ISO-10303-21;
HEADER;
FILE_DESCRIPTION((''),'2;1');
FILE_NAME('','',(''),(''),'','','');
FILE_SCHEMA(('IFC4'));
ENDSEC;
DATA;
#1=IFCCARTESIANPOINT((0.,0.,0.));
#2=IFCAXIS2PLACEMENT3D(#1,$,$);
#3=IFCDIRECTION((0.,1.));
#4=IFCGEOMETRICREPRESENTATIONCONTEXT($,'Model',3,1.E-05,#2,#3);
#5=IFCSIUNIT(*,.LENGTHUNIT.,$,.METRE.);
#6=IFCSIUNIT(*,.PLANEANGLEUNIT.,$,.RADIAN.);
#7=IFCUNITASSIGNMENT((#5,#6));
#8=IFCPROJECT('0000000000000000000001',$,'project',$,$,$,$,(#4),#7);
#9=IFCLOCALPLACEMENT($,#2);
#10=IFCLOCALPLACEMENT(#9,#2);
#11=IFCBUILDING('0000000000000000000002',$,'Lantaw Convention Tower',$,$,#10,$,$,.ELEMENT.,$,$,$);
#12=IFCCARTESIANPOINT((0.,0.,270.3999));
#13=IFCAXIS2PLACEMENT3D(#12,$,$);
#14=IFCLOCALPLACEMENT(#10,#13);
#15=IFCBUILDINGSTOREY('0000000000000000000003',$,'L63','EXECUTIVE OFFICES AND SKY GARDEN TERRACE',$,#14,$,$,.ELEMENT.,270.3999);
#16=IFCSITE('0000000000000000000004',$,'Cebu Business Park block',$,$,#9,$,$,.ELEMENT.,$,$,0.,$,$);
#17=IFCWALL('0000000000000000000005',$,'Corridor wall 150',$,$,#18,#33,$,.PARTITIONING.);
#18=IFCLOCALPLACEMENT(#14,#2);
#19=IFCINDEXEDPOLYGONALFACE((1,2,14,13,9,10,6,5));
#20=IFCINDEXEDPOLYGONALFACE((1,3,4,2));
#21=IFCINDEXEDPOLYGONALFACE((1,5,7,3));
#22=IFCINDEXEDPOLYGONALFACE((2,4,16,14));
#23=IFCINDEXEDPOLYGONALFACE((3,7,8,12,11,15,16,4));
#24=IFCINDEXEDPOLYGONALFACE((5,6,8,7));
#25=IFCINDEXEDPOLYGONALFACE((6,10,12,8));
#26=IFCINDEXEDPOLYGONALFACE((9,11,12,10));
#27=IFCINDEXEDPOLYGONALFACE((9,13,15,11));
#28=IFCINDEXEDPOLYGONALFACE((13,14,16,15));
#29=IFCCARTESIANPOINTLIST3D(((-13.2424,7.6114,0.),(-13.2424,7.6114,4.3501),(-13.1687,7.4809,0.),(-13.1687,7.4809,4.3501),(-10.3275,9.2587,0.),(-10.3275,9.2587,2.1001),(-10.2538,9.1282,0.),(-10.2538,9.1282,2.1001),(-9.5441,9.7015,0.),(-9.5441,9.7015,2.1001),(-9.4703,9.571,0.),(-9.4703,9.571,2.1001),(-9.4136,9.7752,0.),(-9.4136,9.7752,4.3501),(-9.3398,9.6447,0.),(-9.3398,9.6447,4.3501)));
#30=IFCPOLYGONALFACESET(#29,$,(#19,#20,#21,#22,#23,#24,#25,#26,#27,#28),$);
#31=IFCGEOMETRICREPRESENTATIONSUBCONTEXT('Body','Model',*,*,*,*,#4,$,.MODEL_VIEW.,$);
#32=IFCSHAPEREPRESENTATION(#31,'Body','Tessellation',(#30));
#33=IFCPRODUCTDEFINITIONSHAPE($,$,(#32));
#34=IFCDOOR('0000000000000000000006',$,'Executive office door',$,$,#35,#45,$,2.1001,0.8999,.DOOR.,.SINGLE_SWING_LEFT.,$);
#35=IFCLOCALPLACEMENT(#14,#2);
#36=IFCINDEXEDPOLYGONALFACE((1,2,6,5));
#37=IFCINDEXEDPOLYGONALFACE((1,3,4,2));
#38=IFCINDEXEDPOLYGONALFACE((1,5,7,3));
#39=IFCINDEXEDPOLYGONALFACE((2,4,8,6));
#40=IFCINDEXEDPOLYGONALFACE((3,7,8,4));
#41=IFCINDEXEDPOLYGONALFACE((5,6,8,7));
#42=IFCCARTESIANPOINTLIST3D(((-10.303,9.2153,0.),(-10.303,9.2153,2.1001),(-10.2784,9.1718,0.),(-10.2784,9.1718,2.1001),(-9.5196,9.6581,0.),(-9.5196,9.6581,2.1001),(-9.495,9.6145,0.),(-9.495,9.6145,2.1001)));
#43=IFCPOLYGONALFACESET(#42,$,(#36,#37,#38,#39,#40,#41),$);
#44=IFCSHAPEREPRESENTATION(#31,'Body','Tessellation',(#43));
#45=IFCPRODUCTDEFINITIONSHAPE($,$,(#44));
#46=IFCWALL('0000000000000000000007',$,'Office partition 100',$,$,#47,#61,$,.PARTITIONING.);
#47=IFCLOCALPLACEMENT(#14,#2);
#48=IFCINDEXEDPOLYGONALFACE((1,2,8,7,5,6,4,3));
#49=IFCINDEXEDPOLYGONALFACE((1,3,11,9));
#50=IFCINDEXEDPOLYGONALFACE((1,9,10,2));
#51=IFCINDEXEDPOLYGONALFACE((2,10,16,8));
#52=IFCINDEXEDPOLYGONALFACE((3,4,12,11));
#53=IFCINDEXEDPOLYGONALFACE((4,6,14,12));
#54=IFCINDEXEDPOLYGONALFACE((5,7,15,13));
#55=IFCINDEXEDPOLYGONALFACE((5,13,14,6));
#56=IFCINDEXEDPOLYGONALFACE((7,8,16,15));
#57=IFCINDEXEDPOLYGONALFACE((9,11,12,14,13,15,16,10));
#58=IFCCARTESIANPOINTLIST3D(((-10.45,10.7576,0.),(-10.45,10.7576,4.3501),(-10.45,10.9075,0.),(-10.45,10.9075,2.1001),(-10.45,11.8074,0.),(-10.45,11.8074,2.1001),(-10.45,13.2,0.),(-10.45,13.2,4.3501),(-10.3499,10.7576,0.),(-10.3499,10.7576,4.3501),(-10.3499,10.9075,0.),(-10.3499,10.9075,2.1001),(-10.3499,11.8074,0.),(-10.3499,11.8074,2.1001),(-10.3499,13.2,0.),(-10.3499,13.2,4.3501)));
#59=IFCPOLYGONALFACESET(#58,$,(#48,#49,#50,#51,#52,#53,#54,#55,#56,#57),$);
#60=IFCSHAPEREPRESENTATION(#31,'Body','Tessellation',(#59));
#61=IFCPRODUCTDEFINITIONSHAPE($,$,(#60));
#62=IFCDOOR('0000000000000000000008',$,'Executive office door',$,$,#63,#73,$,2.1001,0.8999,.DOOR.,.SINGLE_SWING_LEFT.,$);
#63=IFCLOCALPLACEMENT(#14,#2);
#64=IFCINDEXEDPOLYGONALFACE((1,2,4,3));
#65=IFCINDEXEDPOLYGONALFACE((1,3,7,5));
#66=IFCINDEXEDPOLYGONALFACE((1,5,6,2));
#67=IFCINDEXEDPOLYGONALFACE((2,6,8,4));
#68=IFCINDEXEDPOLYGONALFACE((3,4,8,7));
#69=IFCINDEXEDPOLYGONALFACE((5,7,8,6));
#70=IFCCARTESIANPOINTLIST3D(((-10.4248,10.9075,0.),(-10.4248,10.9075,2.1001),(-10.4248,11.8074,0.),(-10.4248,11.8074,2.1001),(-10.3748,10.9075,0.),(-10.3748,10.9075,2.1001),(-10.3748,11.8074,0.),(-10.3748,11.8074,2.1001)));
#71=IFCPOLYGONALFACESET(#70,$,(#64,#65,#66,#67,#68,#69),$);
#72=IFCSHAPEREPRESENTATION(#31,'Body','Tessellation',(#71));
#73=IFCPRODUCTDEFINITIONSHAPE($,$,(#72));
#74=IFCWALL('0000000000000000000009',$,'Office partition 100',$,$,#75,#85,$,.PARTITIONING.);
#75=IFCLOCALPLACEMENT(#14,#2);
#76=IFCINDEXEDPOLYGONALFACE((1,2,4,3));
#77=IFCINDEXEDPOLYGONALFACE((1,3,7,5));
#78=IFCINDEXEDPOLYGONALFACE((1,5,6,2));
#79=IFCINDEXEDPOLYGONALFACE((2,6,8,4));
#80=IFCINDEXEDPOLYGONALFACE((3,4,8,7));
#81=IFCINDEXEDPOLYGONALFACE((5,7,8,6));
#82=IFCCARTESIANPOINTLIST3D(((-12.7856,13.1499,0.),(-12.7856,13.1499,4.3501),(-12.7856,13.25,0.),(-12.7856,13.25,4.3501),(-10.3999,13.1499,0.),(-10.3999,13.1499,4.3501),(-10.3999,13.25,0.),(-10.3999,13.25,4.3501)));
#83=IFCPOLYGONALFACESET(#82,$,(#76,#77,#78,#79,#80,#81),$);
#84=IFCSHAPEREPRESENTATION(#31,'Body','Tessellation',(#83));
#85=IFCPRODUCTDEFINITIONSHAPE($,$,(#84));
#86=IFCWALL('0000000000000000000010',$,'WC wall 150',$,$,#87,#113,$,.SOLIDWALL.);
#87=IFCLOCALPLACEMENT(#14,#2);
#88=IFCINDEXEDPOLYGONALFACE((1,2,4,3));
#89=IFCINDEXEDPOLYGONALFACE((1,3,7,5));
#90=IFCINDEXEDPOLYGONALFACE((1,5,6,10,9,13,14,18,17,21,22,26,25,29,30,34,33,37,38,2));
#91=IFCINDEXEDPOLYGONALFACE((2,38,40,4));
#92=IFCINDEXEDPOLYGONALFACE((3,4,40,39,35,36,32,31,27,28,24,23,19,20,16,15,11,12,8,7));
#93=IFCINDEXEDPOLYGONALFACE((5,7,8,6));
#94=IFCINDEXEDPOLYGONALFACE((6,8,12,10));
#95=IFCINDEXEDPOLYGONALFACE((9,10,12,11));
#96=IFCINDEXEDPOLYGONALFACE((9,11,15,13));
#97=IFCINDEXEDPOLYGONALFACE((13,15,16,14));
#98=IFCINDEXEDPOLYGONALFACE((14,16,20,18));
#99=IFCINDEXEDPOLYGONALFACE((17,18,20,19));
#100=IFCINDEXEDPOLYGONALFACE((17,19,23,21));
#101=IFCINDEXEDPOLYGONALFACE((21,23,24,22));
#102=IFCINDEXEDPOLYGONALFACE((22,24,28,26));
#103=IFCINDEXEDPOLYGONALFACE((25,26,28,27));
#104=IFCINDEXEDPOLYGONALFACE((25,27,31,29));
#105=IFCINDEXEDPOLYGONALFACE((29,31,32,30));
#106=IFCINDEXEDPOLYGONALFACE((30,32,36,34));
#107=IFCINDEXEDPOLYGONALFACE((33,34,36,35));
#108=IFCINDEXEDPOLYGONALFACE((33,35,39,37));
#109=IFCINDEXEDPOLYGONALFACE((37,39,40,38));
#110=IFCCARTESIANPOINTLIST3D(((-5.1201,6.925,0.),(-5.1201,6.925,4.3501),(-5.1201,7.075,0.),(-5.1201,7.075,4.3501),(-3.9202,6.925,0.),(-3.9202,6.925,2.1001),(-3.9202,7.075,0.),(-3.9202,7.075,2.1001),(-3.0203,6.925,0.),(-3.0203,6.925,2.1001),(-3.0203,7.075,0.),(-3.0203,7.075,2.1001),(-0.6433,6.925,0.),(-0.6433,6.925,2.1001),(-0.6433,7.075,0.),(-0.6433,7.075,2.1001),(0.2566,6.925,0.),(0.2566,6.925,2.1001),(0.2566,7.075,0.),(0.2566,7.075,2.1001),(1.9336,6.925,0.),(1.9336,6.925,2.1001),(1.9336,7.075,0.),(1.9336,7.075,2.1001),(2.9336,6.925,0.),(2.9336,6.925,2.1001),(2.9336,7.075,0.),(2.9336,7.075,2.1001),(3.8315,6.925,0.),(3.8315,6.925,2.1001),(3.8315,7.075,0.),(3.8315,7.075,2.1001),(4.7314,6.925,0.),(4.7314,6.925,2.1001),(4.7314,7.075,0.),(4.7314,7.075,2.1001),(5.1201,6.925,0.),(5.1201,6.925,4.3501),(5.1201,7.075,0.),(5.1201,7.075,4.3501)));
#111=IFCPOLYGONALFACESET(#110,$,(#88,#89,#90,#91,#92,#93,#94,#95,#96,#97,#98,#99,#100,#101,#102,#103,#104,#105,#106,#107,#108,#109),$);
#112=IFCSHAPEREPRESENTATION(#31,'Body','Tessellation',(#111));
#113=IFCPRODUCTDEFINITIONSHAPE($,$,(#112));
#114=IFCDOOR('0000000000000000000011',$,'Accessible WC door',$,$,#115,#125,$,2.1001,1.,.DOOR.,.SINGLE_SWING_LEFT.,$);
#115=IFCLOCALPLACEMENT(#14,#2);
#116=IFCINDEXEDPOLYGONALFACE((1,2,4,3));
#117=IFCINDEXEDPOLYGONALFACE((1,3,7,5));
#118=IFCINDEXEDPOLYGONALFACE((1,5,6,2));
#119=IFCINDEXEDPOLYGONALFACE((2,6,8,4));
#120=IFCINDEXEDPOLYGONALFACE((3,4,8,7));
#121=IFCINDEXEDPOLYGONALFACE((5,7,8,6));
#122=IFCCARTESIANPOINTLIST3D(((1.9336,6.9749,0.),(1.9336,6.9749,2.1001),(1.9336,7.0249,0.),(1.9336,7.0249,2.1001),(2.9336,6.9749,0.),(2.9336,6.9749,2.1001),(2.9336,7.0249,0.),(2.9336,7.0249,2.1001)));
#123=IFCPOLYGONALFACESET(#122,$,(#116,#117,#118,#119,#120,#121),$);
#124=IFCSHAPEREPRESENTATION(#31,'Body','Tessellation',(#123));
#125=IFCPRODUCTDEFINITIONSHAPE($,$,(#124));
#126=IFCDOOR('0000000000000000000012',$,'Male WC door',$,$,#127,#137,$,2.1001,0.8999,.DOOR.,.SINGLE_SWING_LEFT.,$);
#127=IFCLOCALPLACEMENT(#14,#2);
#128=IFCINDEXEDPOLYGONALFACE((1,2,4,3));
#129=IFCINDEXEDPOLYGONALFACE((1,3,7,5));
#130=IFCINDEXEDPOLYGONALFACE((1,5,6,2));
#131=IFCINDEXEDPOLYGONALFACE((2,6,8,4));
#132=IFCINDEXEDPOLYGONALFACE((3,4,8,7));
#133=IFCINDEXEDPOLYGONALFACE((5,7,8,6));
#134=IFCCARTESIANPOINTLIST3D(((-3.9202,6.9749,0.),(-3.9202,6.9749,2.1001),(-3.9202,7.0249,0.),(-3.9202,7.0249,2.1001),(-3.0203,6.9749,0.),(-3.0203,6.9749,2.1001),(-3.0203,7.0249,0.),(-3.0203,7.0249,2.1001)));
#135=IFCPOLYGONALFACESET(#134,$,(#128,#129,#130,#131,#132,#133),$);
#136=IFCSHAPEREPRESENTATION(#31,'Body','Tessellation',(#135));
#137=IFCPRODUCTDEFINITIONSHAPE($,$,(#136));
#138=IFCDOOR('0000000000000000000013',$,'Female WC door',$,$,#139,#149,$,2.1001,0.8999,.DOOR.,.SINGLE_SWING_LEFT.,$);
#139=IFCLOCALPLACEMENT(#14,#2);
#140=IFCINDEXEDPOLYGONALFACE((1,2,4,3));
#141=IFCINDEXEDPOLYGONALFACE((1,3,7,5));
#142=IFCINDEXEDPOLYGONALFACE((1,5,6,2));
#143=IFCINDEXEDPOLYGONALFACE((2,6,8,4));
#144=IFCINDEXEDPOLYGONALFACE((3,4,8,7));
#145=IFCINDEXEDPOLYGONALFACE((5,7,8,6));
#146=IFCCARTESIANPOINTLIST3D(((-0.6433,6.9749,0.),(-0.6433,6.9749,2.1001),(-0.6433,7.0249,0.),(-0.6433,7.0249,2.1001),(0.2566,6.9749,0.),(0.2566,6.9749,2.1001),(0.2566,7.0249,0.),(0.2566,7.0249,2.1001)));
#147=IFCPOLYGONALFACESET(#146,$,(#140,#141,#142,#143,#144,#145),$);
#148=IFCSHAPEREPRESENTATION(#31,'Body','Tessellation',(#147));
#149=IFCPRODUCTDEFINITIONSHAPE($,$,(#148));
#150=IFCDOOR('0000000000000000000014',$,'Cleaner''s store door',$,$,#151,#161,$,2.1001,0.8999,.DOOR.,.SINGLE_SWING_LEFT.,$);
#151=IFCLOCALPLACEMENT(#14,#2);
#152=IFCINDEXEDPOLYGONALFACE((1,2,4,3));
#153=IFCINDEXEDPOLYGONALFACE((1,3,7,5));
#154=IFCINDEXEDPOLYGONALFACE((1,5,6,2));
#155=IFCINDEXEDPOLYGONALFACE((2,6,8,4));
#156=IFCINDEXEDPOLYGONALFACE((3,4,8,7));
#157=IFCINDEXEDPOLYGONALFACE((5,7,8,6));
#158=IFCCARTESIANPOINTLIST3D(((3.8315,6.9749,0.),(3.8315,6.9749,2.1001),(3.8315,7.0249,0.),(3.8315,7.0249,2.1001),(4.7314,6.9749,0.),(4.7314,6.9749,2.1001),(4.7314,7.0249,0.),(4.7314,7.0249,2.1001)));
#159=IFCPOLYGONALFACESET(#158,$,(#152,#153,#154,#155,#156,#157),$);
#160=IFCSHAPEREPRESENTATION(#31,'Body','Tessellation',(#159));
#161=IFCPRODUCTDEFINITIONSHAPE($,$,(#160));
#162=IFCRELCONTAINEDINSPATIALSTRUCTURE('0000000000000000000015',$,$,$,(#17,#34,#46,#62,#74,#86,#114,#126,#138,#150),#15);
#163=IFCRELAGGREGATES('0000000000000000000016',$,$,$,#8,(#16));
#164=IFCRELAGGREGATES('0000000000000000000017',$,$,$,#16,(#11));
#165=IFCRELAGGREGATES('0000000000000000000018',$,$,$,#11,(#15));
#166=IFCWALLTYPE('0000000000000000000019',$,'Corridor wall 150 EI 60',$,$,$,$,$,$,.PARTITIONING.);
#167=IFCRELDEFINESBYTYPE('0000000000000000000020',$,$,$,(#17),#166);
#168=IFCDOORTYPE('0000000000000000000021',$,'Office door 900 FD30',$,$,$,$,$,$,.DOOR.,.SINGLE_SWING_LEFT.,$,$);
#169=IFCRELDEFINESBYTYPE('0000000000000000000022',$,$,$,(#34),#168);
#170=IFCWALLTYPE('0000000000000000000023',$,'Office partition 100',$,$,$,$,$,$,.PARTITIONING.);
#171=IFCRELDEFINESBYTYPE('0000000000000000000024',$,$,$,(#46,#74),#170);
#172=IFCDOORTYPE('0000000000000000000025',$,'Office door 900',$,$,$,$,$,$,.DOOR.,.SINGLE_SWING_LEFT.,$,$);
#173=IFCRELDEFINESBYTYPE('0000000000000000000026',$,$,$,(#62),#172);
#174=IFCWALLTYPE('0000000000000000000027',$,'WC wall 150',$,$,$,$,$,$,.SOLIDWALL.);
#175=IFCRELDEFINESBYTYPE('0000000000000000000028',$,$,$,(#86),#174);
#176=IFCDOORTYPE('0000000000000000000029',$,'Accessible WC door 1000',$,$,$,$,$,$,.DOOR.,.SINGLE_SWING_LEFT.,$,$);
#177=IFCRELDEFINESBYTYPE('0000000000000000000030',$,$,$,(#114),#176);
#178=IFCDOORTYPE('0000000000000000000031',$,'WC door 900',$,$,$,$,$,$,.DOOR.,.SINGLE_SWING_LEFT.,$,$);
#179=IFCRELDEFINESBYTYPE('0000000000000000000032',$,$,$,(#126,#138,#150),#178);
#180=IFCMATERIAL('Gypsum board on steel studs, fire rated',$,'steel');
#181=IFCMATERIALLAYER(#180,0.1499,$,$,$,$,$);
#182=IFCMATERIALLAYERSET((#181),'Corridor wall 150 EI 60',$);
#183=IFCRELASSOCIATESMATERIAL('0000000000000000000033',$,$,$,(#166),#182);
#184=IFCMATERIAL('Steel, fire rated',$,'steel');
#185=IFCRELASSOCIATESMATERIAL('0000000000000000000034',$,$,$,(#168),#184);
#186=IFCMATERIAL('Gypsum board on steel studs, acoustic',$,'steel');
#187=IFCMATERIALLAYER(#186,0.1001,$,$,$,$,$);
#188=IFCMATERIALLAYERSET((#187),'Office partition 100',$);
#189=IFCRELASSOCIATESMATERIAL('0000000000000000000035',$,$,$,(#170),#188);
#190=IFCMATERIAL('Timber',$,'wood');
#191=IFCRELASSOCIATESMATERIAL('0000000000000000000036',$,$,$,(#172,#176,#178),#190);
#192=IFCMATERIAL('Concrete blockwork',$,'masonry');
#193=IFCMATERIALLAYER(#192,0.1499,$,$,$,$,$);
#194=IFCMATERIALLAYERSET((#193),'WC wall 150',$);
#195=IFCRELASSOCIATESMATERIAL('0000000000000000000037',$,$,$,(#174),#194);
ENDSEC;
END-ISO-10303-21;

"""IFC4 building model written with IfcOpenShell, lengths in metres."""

from ifc_helpers import new_model, si_unit, direction, frame, frame_2d, origin, place, context, subcontext, project, spatial, rectangle, extrude, material, layer, layer_set, type_object, element, fill, save


model = new_model("IFC4")

# Units and contexts
model_context = context("Model", 3, precision=1e-05, world=origin(), true_north=direction((0.0, 1.0)))
body_context = subcontext(model_context, "Body", "Model", "MODEL_VIEW")
ifc_project = project(units=[si_unit("LENGTHUNIT", "METRE"), si_unit("PLANEANGLEUNIT", "RADIAN")], contexts=[model_context])

# Site, building, storey
site_placement = place(None, origin())
site = spatial("IfcSite", under=ifc_project, at=site_placement, Name="Cebu Business Park block", CompositionType="ELEMENT", RefElevation=0.0)
building_placement = place(site_placement, origin())
building = spatial("IfcBuilding", under=site, at=building_placement, Name="Lantaw Convention Tower", CompositionType="ELEMENT")
storey_placement = place(building_placement, frame((0.0, 0.0, 270.3999)))
storey = spatial("IfcBuildingStorey", under=building, at=storey_placement, Name="L63", Description="EXECUTIVE OFFICES AND SKY GARDEN TERRACE", CompositionType="ELEMENT", Elevation=270.3999)

# Walls, openings, doors
ifc_material_1 = material(Name="Steel, fire rated", Category="steel")
ifc_material_2 = material(Name="Gypsum board on steel studs, fire rated", Category="steel")
ifc_layer_1 = layer(ifc_material_2, 0.1499)
ifc_layer_set_1 = layer_set([ifc_layer_1], Name="Corridor wall 150 EI 60")
wall_type_1 = type_object("IfcWallType", Name="Corridor wall 150 EI 60", PredefinedType="PARTITIONING", material=ifc_layer_set_1)
door_type_1 = type_object("IfcDoorType", Name="Office door 900 FD30", OperationType="SINGLE_SWING_LEFT", PredefinedType="DOOR", material=ifc_material_1)
wall_1_placement = place(storey_placement, frame((-9.3767, 9.71, 0.0), z_axis=(0.0, 0.0, 1.0), x_axis=(-0.870594, -0.492002, 0.0)))
wall_1 = element("IfcWall", 1, at=wall_1_placement, inside=storey, type_object=wall_type_1, Name="Corridor wall 150", PredefinedType="PARTITIONING", context=body_context, shape_type="SweptSolid", body=[
    extrude(rectangle(XDim=4.3979, YDim=0.1499, at=frame_2d((2.199, 0.0))), origin(), (0.0, 0.0, 1.0), 4.3501),
])
opening_1_placement = place(wall_1_placement, frame((0.1499, 0.0, 0.0)))
opening_1 = element("IfcOpeningElement", 2, at=opening_1_placement, cuts=wall_1, PredefinedType="OPENING", context=body_context, shape_type="SweptSolid", body=[
    extrude(rectangle(XDim=0.8999, YDim=2.1001, at=frame_2d((0.45, 1.05))), frame((0.0, 0.085, 0.0), z_axis=(0.0, -1.0, 0.0), x_axis=(1.0, 0.0, 0.0)), (0.0, 0.0, 1.0), 0.1699),
])
door_1_placement = place(opening_1_placement, origin())
door_1 = element("IfcDoor", 3, at=door_1_placement, inside=storey, type_object=door_type_1, Name="Executive office door", OperationType="SINGLE_SWING_LEFT", OverallHeight=2.1001, OverallWidth=0.8999, PredefinedType="DOOR", context=body_context, shape_type="SweptSolid", body=[
    extrude(rectangle(XDim=0.8999, YDim=2.1001, at=frame_2d((0.45, 1.05))), frame((0.0, 0.0249, 0.0), z_axis=(0.0, -1.0, 0.0), x_axis=(1.0, 0.0, 0.0)), (0.0, 0.0, 1.0), 0.05),
])
fill(opening_1, door_1)
ifc_material_3 = material(Name="Gypsum board on steel studs, acoustic", Category="steel")
ifc_layer_2 = layer(ifc_material_3, 0.1001)
ifc_layer_set_2 = layer_set([ifc_layer_2], Name="Office partition 100")
wall_type_2 = type_object("IfcWallType", Name="Office partition 100", PredefinedType="PARTITIONING", material=ifc_layer_set_2)
wall_2_placement = place(storey_placement, frame((-10.3999, 10.7576, 0.0), z_axis=(0.0, 0.0, 1.0), x_axis=(0.0, 1.0, 0.0)))
wall_2 = element("IfcWall", 4, at=wall_2_placement, inside=storey, type_object=wall_type_2, Name="Office partition 100", PredefinedType="PARTITIONING", context=body_context, shape_type="SweptSolid", body=[
    extrude(rectangle(XDim=2.4424, YDim=0.1001, at=frame_2d((1.2212, 0.0))), origin(), (0.0, 0.0, 1.0), 4.3501),
])
opening_2_placement = place(wall_2_placement, frame((0.1499, 0.0, 0.0)))
opening_2 = element("IfcOpeningElement", 5, at=opening_2_placement, cuts=wall_2, PredefinedType="OPENING", context=body_context, shape_type="SweptSolid", body=[
    extrude(rectangle(XDim=0.8999, YDim=2.1001, at=frame_2d((0.45, 1.05))), frame((0.0, 0.0601, 0.0), z_axis=(0.0, -1.0, 0.0), x_axis=(1.0, 0.0, 0.0)), (0.0, 0.0, 1.0), 0.1201),
])
ifc_material_4 = material(Name="Timber", Category="wood")
door_type_2 = type_object("IfcDoorType", Name="Office door 900", OperationType="SINGLE_SWING_LEFT", PredefinedType="DOOR", material=ifc_material_4)
door_2_placement = place(opening_2_placement, origin())
door_2 = element("IfcDoor", 6, at=door_2_placement, inside=storey, type_object=door_type_2, Name="Executive office door", OperationType="SINGLE_SWING_LEFT", OverallHeight=2.1001, OverallWidth=0.8999, PredefinedType="DOOR", context=body_context, shape_type="SweptSolid", body=[
    extrude(rectangle(XDim=0.8999, YDim=2.1001, at=frame_2d((0.45, 1.05))), frame((0.0, 0.0249, 0.0), z_axis=(0.0, -1.0, 0.0), x_axis=(1.0, 0.0, 0.0)), (0.0, 0.0, 1.0), 0.05),
])
fill(opening_2, door_2)

# Wall
wall_3_placement = place(storey_placement, frame((-10.3999, 13.2, 0.0), z_axis=(0.0, 0.0, 1.0), x_axis=(-1.0, 0.0, 0.0)))
element("IfcWall", 7, at=wall_3_placement, inside=storey, type_object=wall_type_2, Name="Office partition 100", PredefinedType="PARTITIONING", context=body_context, shape_type="SweptSolid", body=[
    extrude(rectangle(XDim=2.3857, YDim=0.1001, at=frame_2d((1.1929, 0.0))), origin(), (0.0, 0.0, 1.0), 4.3501),
])

# Wall, openings, doors
ifc_material_5 = material(Name="Concrete blockwork", Category="masonry")
ifc_layer_3 = layer(ifc_material_5, 0.1499)
ifc_layer_set_3 = layer_set([ifc_layer_3], Name="WC wall 150")
wall_type_3 = type_object("IfcWallType", Name="WC wall 150", PredefinedType="SOLIDWALL", material=ifc_layer_set_3)
wall_4_placement = place(storey_placement, frame((-5.1201, 7.0, 0.0), z_axis=(0.0, 0.0, 1.0), x_axis=(1.0, 0.0, 0.0)))
wall_4 = element("IfcWall", 8, at=wall_4_placement, inside=storey, type_object=wall_type_3, Name="WC wall 150", PredefinedType="SOLIDWALL", context=body_context, shape_type="SweptSolid", body=[
    extrude(rectangle(XDim=10.2402, YDim=0.1499, at=frame_2d((5.1201, 0.0))), origin(), (0.0, 0.0, 1.0), 4.3501),
])
opening_3_placement = place(wall_4_placement, frame((1.2, 0.0, 0.0)))
opening_3 = element("IfcOpeningElement", 9, at=opening_3_placement, cuts=wall_4, PredefinedType="OPENING", context=body_context, shape_type="SweptSolid", body=[
    extrude(rectangle(XDim=0.8999, YDim=2.1001, at=frame_2d((0.45, 1.05))), frame((0.0, 0.085, 0.0), z_axis=(0.0, -1.0, 0.0), x_axis=(1.0, 0.0, 0.0)), (0.0, 0.0, 1.0), 0.1699),
])
opening_4_placement = place(wall_4_placement, frame((4.4768, 0.0, 0.0)))
opening_4 = element("IfcOpeningElement", 10, at=opening_4_placement, cuts=wall_4, PredefinedType="OPENING", context=body_context, shape_type="SweptSolid", body=[
    extrude(rectangle(XDim=0.8999, YDim=2.1001, at=frame_2d((0.45, 1.05))), frame((0.0, 0.085, 0.0), z_axis=(0.0, -1.0, 0.0), x_axis=(1.0, 0.0, 0.0)), (0.0, 0.0, 1.0), 0.1699),
])
opening_5_placement = place(wall_4_placement, frame((7.0537, 0.0, 0.0)))
opening_5 = element("IfcOpeningElement", 11, at=opening_5_placement, cuts=wall_4, PredefinedType="OPENING", context=body_context, shape_type="SweptSolid", body=[
    extrude(rectangle(XDim=1.0, YDim=2.1001, at=frame_2d((0.5, 1.05))), frame((0.0, 0.085, 0.0), z_axis=(0.0, -1.0, 0.0), x_axis=(1.0, 0.0, 0.0)), (0.0, 0.0, 1.0), 0.1699),
])
opening_6_placement = place(wall_4_placement, frame((8.9517, 0.0, 0.0)))
opening_6 = element("IfcOpeningElement", 12, at=opening_6_placement, cuts=wall_4, PredefinedType="OPENING", context=body_context, shape_type="SweptSolid", body=[
    extrude(rectangle(XDim=0.8999, YDim=2.1001, at=frame_2d((0.45, 1.05))), frame((0.0, 0.085, 0.0), z_axis=(0.0, -1.0, 0.0), x_axis=(1.0, 0.0, 0.0)), (0.0, 0.0, 1.0), 0.1699),
])
door_type_3 = type_object("IfcDoorType", Name="Accessible WC door 1000", OperationType="SINGLE_SWING_LEFT", PredefinedType="DOOR", material=ifc_material_4)
door_3_placement = place(opening_5_placement, origin())
door_3 = element("IfcDoor", 13, at=door_3_placement, inside=storey, type_object=door_type_3, Name="Accessible WC door", OperationType="SINGLE_SWING_LEFT", OverallHeight=2.1001, OverallWidth=1.0, PredefinedType="DOOR", context=body_context, shape_type="SweptSolid", body=[
    extrude(rectangle(XDim=1.0, YDim=2.1001, at=frame_2d((0.5, 1.05))), frame((0.0, 0.0249, 0.0), z_axis=(0.0, -1.0, 0.0), x_axis=(1.0, 0.0, 0.0)), (0.0, 0.0, 1.0), 0.05),
])
fill(opening_5, door_3)
door_type_4 = type_object("IfcDoorType", Name="WC door 900", OperationType="SINGLE_SWING_LEFT", PredefinedType="DOOR", material=ifc_material_4)
door_4_placement = place(opening_3_placement, origin())
door_4 = element("IfcDoor", 14, at=door_4_placement, inside=storey, type_object=door_type_4, Name="Male WC door", OperationType="SINGLE_SWING_LEFT", OverallHeight=2.1001, OverallWidth=0.8999, PredefinedType="DOOR", context=body_context, shape_type="SweptSolid", body=[
    extrude(rectangle(XDim=0.8999, YDim=2.1001, at=frame_2d((0.45, 1.05))), frame((0.0, 0.0249, 0.0), z_axis=(0.0, -1.0, 0.0), x_axis=(1.0, 0.0, 0.0)), (0.0, 0.0, 1.0), 0.05),
])
fill(opening_3, door_4)
door_5_placement = place(opening_4_placement, origin())
door_5 = element("IfcDoor", 15, at=door_5_placement, inside=storey, type_object=door_type_4, Name="Female WC door", OperationType="SINGLE_SWING_LEFT", OverallHeight=2.1001, OverallWidth=0.8999, PredefinedType="DOOR", context=body_context, shape_type="SweptSolid", body=[
    extrude(rectangle(XDim=0.8999, YDim=2.1001, at=frame_2d((0.45, 1.05))), frame((0.0, 0.0249, 0.0), z_axis=(0.0, -1.0, 0.0), x_axis=(1.0, 0.0, 0.0)), (0.0, 0.0, 1.0), 0.05),
])
fill(opening_4, door_5)
door_6_placement = place(opening_6_placement, origin())
door_6 = element("IfcDoor", 16, at=door_6_placement, inside=storey, type_object=door_type_4, Name="Cleaner's store door", OperationType="SINGLE_SWING_LEFT", OverallHeight=2.1001, OverallWidth=0.8999, PredefinedType="DOOR", context=body_context, shape_type="SweptSolid", body=[
    extrude(rectangle(XDim=0.8999, YDim=2.1001, at=frame_2d((0.45, 1.05))), frame((0.0, 0.0249, 0.0), z_axis=(0.0, -1.0, 0.0), x_axis=(1.0, 0.0, 0.0)), (0.0, 0.0, 1.0), 0.05),
])
fill(opening_6, door_6)

save(model, "model.ifc")
